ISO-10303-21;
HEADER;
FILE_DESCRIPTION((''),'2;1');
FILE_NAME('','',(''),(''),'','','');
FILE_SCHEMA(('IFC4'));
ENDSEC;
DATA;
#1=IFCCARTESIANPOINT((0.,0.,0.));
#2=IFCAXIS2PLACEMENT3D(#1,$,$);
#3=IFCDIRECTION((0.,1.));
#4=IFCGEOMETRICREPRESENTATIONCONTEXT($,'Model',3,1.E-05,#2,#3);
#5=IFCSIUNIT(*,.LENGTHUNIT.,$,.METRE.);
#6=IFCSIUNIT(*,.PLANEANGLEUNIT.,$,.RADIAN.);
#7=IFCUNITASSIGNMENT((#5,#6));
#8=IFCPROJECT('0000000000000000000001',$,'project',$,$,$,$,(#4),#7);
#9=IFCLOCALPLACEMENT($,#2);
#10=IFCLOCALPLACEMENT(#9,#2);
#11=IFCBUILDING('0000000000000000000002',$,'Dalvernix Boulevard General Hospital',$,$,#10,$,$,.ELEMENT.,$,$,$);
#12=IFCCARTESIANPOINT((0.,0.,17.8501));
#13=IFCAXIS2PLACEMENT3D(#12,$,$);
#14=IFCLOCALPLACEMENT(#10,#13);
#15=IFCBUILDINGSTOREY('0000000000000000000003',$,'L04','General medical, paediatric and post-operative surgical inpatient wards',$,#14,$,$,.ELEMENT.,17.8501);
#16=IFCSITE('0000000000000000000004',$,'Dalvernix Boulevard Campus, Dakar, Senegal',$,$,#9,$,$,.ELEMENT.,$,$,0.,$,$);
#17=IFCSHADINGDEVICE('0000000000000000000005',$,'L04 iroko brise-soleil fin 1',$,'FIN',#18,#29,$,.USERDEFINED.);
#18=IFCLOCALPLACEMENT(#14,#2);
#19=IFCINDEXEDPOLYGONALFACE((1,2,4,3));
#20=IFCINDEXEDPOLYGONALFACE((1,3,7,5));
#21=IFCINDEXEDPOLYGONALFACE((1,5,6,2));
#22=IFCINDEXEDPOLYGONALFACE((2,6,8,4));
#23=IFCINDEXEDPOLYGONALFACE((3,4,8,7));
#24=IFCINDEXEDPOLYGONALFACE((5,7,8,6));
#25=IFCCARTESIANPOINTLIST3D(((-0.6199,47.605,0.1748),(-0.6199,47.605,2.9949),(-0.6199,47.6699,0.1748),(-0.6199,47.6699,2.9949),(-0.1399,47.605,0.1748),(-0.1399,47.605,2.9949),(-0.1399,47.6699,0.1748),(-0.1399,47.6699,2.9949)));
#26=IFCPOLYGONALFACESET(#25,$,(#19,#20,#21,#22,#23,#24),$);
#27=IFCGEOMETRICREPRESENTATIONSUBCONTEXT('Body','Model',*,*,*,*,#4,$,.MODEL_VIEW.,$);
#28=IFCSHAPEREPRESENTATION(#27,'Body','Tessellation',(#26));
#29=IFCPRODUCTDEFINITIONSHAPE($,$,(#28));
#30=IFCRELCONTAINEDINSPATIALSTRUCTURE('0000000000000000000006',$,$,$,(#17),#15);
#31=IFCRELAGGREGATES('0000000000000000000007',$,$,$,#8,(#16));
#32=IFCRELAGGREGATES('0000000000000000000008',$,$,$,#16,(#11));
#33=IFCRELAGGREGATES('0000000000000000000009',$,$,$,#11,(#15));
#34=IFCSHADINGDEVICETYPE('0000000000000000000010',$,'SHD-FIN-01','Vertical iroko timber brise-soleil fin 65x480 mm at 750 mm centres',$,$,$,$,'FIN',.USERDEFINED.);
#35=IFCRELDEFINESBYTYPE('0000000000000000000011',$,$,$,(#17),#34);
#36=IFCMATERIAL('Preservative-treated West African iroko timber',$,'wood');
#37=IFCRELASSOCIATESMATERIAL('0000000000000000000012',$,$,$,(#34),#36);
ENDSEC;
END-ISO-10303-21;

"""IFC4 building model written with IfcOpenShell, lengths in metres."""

from ifc_helpers import new_model, si_unit, direction, frame, origin, origin_2d, place, context, subcontext, project, spatial, rectangle, extrude, material, type_object, element, save


model = new_model("IFC4")

# Units and contexts
model_context = context("Model", 3, precision=1e-05, world=origin(), true_north=direction((0.0, 1.0)))
body_context = subcontext(model_context, "Body", "Model", "MODEL_VIEW")
ifc_project = project(units=[si_unit("LENGTHUNIT", "METRE"), si_unit("PLANEANGLEUNIT", "RADIAN")], contexts=[model_context])

# Site, building, storey
site_placement = place(None, origin())
site = spatial("IfcSite", under=ifc_project, at=site_placement, Name="Dalvernix Boulevard Campus, Dakar, Senegal", CompositionType="ELEMENT", RefElevation=0.0)
building_placement = place(site_placement, origin())
building = spatial("IfcBuilding", under=site, at=building_placement, Name="Dalvernix Boulevard General Hospital", CompositionType="ELEMENT")
storey_placement = place(building_placement, frame((0.0, 0.0, 17.8501)))
storey = spatial("IfcBuildingStorey", under=building, at=storey_placement, Name="L04", Description="General medical, paediatric and post-operative surgical inpatient wards", CompositionType="ELEMENT", Elevation=17.8501)

# Shading device
ifc_material_1 = material(Name="Preservative-treated West African iroko timber", Category="wood")
shading_device_type = type_object("IfcShadingDeviceType", Name="SHD-FIN-01", Description="Vertical iroko timber brise-soleil fin 65x480 mm at 750 mm centres", ElementType="FIN", PredefinedType="USERDEFINED", material=ifc_material_1)
for number, where, z_axis, x_axis, name in (
    (1, (-0.3799, 47.6375, 0.1748), (0.0, 0.0, 1.0), (0.0, 1.0, 0.0), "L04 iroko brise-soleil fin 1"),
):
    element("IfcShadingDevice", number, at=place(storey_placement, frame(where, z_axis=z_axis, x_axis=x_axis)), inside=storey, type_object=shading_device_type, Name=name, ObjectType="FIN", PredefinedType="USERDEFINED", context=body_context, shape_type="SweptSolid", body=[
        extrude(rectangle(XDim=0.0649, YDim=0.48, at=origin_2d()), origin(), (0.0, 0.0, 1.0), 2.8201),
    ])

save(model, "model.ifc")
